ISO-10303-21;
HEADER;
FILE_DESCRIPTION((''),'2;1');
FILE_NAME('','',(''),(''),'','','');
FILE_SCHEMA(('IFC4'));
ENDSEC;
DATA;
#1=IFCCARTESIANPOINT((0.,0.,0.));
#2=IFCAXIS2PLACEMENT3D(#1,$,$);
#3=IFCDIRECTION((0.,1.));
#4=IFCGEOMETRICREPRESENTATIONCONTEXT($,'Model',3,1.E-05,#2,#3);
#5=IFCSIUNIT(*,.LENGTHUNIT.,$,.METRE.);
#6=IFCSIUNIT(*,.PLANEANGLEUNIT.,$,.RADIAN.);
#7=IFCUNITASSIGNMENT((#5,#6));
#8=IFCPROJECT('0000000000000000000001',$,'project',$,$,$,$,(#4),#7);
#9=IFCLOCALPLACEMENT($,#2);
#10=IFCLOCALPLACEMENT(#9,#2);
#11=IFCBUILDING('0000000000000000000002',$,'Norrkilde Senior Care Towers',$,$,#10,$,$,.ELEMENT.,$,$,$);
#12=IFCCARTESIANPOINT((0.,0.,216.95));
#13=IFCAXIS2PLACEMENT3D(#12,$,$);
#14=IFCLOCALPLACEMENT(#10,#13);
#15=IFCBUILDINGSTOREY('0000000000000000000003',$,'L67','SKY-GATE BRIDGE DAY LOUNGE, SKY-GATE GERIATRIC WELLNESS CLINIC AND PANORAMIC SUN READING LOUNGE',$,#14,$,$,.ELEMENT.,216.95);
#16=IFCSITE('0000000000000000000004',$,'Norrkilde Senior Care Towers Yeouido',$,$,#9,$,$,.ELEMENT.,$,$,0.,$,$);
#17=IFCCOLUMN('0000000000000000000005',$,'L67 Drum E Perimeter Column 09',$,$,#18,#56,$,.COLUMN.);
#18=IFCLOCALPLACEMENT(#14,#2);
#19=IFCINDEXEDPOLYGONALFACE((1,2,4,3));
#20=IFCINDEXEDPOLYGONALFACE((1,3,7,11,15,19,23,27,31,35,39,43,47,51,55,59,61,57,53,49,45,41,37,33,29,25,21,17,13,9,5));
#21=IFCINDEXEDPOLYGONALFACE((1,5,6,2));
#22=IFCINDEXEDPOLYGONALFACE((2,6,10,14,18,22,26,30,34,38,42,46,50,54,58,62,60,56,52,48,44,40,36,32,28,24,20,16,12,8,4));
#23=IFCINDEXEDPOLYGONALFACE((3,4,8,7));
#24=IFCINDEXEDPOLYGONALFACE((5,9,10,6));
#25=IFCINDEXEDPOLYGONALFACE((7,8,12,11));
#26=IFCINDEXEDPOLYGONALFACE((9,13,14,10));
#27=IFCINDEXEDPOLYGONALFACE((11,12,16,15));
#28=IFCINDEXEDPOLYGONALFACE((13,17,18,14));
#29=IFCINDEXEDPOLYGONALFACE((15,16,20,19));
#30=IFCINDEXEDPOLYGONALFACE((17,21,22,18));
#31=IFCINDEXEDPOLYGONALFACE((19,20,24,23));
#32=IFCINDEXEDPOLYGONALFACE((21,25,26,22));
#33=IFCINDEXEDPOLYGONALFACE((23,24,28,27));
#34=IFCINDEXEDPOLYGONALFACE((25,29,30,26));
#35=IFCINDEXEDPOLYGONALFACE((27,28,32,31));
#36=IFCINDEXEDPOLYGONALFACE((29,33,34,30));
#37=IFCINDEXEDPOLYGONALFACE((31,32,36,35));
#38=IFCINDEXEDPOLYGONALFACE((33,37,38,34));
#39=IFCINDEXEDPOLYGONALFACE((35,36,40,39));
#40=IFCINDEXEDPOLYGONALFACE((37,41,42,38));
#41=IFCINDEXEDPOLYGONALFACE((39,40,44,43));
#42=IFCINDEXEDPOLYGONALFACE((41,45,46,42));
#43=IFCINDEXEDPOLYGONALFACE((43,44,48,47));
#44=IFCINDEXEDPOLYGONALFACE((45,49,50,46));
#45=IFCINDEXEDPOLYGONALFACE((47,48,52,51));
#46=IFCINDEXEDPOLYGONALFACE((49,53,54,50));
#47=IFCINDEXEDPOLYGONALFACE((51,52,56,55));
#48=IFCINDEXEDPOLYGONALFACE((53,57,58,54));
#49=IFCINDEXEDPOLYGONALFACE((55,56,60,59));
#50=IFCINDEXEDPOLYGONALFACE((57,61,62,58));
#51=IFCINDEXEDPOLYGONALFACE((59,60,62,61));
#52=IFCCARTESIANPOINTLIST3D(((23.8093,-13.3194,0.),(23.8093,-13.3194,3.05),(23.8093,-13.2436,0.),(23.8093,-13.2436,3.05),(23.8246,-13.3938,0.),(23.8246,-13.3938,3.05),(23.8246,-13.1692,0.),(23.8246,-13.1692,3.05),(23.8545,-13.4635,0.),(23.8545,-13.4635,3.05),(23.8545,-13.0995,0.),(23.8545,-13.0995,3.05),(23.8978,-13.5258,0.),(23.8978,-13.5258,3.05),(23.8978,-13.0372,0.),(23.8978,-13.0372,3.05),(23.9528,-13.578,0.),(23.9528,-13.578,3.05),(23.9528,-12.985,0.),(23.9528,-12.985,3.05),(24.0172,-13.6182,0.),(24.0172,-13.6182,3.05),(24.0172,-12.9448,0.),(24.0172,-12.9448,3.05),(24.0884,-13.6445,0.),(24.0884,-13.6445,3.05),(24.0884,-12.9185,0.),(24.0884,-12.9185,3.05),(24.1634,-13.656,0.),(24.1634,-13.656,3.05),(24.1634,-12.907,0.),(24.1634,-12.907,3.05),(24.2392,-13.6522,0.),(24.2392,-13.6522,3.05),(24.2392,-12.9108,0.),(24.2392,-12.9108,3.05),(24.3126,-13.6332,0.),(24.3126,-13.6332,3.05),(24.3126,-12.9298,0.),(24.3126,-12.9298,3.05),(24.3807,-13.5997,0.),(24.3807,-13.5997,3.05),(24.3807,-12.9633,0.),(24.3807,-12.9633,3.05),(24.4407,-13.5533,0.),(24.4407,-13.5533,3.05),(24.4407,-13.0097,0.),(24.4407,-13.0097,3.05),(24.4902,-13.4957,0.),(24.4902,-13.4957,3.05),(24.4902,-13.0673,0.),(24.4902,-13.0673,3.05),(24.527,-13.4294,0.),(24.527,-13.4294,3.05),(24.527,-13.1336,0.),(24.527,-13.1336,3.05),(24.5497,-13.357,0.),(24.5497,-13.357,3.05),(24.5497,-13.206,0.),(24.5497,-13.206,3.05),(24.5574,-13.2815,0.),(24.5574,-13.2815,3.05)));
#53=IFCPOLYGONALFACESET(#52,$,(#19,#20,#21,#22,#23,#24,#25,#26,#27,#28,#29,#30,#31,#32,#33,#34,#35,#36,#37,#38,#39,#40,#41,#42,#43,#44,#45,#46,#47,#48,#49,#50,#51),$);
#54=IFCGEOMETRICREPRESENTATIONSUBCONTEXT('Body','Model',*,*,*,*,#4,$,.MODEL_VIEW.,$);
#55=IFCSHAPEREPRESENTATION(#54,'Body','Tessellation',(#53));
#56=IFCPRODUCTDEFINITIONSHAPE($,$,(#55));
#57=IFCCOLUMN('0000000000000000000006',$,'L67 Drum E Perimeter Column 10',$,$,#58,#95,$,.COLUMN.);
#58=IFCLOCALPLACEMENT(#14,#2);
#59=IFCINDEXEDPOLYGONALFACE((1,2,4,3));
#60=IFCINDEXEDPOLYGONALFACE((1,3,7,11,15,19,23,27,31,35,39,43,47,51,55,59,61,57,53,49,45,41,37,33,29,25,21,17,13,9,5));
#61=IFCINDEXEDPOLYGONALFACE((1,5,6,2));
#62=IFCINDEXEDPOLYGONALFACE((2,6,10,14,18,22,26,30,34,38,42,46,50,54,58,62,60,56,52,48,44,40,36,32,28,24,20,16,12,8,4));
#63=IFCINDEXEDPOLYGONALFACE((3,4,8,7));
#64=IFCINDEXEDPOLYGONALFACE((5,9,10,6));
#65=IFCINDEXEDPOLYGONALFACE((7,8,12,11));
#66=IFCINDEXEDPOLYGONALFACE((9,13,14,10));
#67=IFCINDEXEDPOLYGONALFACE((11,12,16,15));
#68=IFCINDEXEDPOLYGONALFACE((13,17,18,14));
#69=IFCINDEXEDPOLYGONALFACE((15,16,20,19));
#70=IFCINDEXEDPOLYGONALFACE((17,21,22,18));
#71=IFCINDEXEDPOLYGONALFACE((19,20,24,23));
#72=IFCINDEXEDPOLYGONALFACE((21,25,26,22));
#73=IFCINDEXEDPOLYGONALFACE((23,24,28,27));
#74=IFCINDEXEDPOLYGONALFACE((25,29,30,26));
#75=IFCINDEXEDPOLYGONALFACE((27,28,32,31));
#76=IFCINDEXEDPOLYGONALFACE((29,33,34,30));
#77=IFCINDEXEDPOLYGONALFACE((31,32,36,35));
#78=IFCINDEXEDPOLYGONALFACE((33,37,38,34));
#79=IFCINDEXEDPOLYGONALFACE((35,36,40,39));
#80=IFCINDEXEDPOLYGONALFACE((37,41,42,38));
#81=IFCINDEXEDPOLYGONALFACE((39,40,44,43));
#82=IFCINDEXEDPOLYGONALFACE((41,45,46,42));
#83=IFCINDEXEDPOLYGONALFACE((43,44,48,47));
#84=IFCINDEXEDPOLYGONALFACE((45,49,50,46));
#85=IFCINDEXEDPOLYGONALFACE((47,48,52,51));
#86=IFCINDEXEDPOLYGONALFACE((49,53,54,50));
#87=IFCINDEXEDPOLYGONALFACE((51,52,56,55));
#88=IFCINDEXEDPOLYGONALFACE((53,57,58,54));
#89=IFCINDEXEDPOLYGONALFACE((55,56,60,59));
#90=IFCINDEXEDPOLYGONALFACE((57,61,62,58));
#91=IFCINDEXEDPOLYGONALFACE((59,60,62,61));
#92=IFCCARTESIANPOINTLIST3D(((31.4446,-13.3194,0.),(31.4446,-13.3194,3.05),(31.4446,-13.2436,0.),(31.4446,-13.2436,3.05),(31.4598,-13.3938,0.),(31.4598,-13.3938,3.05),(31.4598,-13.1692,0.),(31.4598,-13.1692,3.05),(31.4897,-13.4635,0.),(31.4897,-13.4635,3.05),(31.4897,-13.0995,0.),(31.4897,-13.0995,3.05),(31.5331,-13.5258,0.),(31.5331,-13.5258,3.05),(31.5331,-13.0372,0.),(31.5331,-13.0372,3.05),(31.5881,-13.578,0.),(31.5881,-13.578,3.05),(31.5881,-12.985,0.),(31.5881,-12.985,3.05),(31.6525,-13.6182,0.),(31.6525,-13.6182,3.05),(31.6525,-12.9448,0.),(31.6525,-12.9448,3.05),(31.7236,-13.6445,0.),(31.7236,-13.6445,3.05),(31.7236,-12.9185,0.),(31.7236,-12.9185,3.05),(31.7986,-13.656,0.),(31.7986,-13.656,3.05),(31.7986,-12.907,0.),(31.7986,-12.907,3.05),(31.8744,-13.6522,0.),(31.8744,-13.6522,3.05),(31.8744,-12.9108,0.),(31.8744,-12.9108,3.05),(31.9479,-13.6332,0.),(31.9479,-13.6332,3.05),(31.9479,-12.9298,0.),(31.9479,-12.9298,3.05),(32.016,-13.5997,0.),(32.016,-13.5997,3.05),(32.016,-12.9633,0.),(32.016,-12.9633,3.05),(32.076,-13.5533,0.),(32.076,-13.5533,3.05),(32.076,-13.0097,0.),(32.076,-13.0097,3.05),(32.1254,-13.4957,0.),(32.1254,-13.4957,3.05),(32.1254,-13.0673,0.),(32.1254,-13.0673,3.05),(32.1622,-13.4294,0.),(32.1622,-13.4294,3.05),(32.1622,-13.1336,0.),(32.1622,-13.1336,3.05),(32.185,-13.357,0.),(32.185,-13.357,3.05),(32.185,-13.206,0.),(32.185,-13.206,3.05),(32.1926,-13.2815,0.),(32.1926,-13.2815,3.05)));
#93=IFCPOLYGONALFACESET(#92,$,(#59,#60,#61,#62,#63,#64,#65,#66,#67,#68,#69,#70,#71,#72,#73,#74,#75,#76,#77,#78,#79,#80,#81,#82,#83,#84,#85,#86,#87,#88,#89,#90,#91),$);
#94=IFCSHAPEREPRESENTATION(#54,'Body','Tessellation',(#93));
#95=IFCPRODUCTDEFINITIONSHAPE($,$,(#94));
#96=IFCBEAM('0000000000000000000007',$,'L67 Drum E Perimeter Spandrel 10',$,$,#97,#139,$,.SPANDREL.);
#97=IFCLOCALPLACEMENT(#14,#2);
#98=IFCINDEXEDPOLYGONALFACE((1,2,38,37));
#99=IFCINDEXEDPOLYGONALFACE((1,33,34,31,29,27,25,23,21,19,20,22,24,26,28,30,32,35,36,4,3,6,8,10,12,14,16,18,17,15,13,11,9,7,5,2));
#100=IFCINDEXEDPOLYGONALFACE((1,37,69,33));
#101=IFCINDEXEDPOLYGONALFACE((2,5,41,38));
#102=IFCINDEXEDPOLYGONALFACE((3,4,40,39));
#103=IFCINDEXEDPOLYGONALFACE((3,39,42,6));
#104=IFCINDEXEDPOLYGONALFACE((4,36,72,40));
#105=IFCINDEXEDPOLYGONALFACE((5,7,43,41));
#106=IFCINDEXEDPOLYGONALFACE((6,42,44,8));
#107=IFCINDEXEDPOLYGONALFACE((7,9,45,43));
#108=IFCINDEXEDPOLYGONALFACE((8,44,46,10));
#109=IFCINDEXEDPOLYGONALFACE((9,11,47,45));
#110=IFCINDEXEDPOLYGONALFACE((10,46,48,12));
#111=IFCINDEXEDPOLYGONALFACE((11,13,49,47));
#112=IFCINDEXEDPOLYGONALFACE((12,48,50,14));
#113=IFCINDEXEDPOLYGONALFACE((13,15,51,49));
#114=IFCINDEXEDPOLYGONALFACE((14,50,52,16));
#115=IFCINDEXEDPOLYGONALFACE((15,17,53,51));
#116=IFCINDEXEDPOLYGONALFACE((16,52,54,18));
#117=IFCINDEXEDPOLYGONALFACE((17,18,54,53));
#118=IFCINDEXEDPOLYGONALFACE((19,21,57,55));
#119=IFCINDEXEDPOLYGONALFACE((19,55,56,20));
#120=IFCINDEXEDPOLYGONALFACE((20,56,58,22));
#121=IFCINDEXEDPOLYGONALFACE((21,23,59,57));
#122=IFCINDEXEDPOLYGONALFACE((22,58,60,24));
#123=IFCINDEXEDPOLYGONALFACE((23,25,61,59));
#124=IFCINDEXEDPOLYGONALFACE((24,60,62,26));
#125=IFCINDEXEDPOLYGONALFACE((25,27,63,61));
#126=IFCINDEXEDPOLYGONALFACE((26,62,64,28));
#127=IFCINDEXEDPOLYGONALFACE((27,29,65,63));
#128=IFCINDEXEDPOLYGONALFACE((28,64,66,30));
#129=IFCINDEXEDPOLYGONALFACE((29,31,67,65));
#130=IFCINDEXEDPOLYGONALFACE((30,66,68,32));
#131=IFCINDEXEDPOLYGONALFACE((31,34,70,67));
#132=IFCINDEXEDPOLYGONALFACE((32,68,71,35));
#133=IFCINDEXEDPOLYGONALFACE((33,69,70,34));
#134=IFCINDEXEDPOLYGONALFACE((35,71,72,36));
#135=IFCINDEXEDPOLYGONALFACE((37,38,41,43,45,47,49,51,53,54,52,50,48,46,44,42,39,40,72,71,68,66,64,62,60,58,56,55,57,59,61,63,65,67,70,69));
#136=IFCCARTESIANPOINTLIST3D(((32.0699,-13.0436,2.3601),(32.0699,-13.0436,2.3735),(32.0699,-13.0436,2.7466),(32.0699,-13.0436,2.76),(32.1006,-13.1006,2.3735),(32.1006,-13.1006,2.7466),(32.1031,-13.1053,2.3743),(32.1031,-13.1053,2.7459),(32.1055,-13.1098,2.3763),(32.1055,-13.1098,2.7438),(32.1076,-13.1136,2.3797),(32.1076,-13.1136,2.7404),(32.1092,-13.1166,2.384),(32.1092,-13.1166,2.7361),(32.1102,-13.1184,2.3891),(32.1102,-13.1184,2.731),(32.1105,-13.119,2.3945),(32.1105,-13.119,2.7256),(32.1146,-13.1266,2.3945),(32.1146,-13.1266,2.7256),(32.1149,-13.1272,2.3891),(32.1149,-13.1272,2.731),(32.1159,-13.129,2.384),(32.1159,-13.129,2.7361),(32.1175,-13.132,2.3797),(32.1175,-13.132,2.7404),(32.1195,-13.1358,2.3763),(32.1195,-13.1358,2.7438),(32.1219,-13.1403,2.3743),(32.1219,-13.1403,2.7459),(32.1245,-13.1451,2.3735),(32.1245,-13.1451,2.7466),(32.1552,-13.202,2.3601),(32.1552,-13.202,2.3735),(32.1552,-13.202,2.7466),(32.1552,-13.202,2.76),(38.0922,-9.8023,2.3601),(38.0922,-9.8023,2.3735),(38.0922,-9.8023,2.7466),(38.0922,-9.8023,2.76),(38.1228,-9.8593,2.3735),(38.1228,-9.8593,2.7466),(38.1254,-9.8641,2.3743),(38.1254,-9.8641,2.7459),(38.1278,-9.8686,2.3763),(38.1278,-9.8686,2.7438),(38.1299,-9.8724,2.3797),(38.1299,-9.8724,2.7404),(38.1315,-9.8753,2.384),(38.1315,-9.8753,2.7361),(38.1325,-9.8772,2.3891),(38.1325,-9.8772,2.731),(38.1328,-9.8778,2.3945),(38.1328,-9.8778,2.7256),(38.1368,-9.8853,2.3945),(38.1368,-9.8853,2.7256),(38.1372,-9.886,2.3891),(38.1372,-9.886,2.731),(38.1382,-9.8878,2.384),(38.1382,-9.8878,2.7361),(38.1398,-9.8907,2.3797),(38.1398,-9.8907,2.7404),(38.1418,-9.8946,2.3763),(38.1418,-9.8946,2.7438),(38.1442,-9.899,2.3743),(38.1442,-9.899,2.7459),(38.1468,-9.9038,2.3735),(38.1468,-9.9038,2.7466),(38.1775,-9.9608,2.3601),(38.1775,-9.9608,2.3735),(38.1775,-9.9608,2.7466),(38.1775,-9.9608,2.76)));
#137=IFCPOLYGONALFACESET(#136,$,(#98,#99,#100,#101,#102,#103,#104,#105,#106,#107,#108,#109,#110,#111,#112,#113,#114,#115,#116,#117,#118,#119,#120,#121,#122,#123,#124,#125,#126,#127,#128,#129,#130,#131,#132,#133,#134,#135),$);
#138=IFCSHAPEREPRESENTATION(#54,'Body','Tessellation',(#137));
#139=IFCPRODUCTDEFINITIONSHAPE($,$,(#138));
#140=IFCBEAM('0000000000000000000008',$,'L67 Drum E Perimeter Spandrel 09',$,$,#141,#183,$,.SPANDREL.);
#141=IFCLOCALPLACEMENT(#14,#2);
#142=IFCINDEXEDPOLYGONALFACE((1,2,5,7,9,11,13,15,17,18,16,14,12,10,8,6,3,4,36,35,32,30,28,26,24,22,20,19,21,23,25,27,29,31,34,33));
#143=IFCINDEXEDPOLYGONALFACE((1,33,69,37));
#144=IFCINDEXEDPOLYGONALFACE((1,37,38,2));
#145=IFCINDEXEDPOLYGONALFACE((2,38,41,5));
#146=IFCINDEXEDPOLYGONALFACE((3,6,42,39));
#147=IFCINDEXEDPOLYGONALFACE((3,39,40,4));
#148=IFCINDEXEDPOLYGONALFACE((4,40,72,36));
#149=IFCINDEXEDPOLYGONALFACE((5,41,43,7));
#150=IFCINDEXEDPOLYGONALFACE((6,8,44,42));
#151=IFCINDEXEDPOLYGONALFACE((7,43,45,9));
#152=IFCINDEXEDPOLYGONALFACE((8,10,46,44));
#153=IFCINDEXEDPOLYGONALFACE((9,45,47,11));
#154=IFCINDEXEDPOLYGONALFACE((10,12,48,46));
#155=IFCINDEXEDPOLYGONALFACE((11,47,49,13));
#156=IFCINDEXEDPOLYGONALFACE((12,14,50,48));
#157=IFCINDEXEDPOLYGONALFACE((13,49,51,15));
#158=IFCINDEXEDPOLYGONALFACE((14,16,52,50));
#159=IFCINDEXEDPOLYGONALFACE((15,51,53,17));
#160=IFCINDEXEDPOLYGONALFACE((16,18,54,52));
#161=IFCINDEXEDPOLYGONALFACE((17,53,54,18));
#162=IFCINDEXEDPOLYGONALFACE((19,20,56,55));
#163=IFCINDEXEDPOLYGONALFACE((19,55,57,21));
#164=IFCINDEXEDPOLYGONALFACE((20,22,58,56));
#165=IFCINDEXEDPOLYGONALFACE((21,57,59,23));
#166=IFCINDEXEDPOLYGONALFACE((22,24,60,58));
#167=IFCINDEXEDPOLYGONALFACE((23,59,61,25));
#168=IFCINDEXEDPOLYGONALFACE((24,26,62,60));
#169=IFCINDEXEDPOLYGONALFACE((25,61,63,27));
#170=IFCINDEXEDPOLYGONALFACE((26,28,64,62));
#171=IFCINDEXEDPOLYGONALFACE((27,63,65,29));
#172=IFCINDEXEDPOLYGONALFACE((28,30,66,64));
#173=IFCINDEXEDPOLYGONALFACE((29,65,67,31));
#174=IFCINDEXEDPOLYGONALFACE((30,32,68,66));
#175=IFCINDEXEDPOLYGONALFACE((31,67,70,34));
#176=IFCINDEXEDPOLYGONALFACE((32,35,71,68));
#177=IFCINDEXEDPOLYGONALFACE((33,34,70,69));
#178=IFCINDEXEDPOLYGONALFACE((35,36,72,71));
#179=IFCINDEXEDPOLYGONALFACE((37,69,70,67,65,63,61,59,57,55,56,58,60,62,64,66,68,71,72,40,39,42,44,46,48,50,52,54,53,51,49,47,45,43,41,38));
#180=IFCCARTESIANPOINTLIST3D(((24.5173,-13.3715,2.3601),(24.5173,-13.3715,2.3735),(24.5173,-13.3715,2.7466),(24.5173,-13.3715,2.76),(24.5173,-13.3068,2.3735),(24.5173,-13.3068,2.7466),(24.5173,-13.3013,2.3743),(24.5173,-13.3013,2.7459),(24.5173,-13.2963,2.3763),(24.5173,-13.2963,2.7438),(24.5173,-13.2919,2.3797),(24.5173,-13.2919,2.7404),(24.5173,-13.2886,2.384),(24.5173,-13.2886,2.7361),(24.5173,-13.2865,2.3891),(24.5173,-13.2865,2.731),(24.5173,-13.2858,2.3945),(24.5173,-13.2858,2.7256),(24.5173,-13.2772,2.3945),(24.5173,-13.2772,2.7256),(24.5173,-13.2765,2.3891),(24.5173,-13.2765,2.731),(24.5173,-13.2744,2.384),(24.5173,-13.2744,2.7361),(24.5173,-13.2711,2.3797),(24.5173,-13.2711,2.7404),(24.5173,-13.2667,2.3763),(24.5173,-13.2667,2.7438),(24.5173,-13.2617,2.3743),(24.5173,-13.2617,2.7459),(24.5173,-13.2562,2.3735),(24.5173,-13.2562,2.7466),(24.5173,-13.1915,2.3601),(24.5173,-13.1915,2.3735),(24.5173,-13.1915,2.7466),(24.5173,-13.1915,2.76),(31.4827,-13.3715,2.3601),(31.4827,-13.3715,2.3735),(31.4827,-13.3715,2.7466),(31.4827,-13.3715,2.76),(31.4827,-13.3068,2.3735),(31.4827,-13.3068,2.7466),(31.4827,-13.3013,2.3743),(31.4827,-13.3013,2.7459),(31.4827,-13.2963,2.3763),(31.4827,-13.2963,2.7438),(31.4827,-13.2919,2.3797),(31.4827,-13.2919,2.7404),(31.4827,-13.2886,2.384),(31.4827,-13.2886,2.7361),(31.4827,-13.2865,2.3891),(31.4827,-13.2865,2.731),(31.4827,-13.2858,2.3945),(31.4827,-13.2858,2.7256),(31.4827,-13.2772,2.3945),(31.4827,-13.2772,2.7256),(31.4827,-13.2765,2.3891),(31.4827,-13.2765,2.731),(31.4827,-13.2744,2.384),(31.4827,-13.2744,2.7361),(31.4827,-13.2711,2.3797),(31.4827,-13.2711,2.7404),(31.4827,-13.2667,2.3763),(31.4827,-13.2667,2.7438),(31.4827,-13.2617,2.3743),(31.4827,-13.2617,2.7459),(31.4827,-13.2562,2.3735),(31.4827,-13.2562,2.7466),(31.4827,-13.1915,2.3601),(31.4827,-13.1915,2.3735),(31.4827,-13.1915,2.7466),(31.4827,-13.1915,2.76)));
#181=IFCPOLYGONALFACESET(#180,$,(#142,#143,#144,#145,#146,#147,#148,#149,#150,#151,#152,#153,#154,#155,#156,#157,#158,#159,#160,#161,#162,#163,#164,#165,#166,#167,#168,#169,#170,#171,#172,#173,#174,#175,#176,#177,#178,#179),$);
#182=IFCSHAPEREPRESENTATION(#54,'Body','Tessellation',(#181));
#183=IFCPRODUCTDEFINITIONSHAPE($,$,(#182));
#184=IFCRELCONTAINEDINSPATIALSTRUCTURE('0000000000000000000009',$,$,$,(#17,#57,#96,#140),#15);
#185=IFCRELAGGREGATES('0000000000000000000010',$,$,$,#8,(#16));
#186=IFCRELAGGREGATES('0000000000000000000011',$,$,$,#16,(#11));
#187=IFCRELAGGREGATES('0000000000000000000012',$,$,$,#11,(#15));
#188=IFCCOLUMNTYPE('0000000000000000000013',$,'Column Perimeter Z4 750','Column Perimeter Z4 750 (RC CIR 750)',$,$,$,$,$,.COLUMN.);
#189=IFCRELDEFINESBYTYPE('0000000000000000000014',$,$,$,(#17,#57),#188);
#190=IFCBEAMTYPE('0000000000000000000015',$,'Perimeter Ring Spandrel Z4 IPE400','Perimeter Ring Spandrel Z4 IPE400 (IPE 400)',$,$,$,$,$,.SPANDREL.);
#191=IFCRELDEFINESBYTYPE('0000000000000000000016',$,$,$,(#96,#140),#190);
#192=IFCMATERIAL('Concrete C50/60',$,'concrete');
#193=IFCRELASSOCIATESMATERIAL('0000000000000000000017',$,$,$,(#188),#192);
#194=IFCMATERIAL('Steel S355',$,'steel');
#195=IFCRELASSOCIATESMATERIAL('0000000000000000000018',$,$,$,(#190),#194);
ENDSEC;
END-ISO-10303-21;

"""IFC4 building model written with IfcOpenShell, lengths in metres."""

from ifc_helpers import new_model, si_unit, direction, frame, origin, origin_2d, place, context, subcontext, project, spatial, circle, i_section, extrude, source, transform, mapped, material, material_profile, profile_set, type_object, type_shapes, element, save


model = new_model("IFC4")

# Units and contexts
model_context = context("Model", 3, precision=1e-05, world=origin(), true_north=direction((0.0, 1.0)))
body_context = subcontext(model_context, "Body", "Model", "MODEL_VIEW")
ifc_project = project(units=[si_unit("LENGTHUNIT", "METRE"), si_unit("PLANEANGLEUNIT", "RADIAN")], contexts=[model_context])

# Site, building, storey
site_placement = place(None, origin())
site = spatial("IfcSite", under=ifc_project, at=site_placement, Name="Norrkilde Senior Care Towers Yeouido", CompositionType="ELEMENT", RefElevation=0.0)
building_placement = place(site_placement, origin())
building = spatial("IfcBuilding", under=site, at=building_placement, Name="Norrkilde Senior Care Towers", CompositionType="ELEMENT")
storey_placement = place(building_placement, frame((0.0, 0.0, 216.95)))
storey = spatial("IfcBuildingStorey", under=building, at=storey_placement, Name="L67", Description="SKY-GATE BRIDGE DAY LOUNGE, SKY-GATE GERIATRIC WELLNESS CLINIC AND PANORAMIC SUN READING LOUNGE", CompositionType="ELEMENT", Elevation=216.95)

# Columns
ifc_material_1 = material(Name="Concrete C50/60", Category="concrete")
ifc_material_profile_1 = material_profile(ifc_material_1, circle(Radius=0.375, at=origin_2d()), Name="RC CIR 750")
ifc_profile_set_1 = profile_set([ifc_material_profile_1], Name="Concrete C50/60")
column_type = type_object("IfcColumnType", Name="Column Perimeter Z4 750", Description="Column Perimeter Z4 750 (RC CIR 750)", PredefinedType="COLUMN", material=ifc_profile_set_1)
shared_shape_1 = source(origin(), body_context, "Body", "SweptSolid", [
    extrude(circle(Radius=0.375, at=origin_2d()), origin(), (0.0, 0.0, 1.0), 3.05),
])
type_shapes(column_type, [shared_shape_1])
for number, where, z_axis, x_axis, name in (
    (1, (24.1824, -13.2815, 0.0), (0.0, 0.0, 1.0), (1.0, 0.0, 0.0), "L67 Drum E Perimeter Column 09"),
    (2, (31.8176, -13.2815, 0.0), (0.0, 0.0, 1.0), (1.0, 0.0, 0.0), "L67 Drum E Perimeter Column 10"),
):
    element("IfcColumn", number, at=place(storey_placement, frame(where, z_axis=z_axis, x_axis=x_axis)), inside=storey, type_object=column_type, Name=name, PredefinedType="COLUMN", context=body_context, shape_type="MappedRepresentation", body=[
        mapped(shared_shape_1, transform((0.0, 0.0, 0.0), x_axis=(1.0, 0.0, 0.0), y_axis=(0.0, 1.0, 0.0), z_axis=(0.0, 0.0, 1.0), scale=1.0)),
    ])

# Beams
ifc_material_2 = material(Name="Steel S355", Category="steel")
ifc_material_profile_2 = material_profile(ifc_material_2, i_section(OverallWidth=0.1799, OverallDepth=0.3999, WebThickness=0.0085, FlangeThickness=0.0134, FilletRadius=0.021, at=origin_2d()), Name="IPE 400")
ifc_profile_set_2 = profile_set([ifc_material_profile_2], Name="Steel S355")
beam_type_1 = type_object("IfcBeamType", Name="Perimeter Ring Spandrel Z4 IPE400", Description="Perimeter Ring Spandrel Z4 IPE400 (IPE 400)", PredefinedType="SPANDREL", material=ifc_profile_set_2)
shared_shape_2 = source(origin(), body_context, "Body", "SweptSolid", [
    extrude(i_section(OverallWidth=0.1799, OverallDepth=0.3999, WebThickness=0.0085, FlangeThickness=0.0134, FilletRadius=0.021, at=origin_2d()), origin(), (0.0, 0.0, 1.0), 6.8391),
])
beam_1_placement = place(storey_placement, frame((32.1125, -13.1228, 2.5601), z_axis=(0.880564, 0.473927, 0.0), x_axis=(-0.473927, 0.880564, 0.0)))
element("IfcBeam", 3, at=beam_1_placement, inside=storey, type_object=beam_type_1, Name="L67 Drum E Perimeter Spandrel 10", PredefinedType="SPANDREL", context=body_context, shape_type="MappedRepresentation", body=[
    mapped(shared_shape_2, transform((0.0, 0.0, 0.0), x_axis=(1.0, 0.0, 0.0), y_axis=(0.0, 1.0, 0.0), z_axis=(0.0, 0.0, 1.0), scale=1.0)),
])
shared_shape_3 = source(origin(), body_context, "Body", "SweptSolid", [
    extrude(i_section(OverallWidth=0.1799, OverallDepth=0.3999, WebThickness=0.0085, FlangeThickness=0.0134, FilletRadius=0.021, at=origin_2d()), origin(), (0.0, 0.0, 1.0), 6.9653),
])
type_shapes(beam_type_1, [shared_shape_2, shared_shape_3])
beam_2_placement = place(storey_placement, frame((24.5173, -13.2815, 2.5601), z_axis=(1.0, 0.0, 0.0), x_axis=(0.0, 1.0, 0.0)))
element("IfcBeam", 4, at=beam_2_placement, inside=storey, type_object=beam_type_1, Name="L67 Drum E Perimeter Spandrel 09", PredefinedType="SPANDREL", context=body_context, shape_type="MappedRepresentation", body=[
    mapped(shared_shape_3, transform((0.0, 0.0, 0.0), x_axis=(1.0, 0.0, 0.0), y_axis=(0.0, 1.0, 0.0), z_axis=(0.0, 0.0, 1.0), scale=1.0)),
])

save(model, "model.ifc")
